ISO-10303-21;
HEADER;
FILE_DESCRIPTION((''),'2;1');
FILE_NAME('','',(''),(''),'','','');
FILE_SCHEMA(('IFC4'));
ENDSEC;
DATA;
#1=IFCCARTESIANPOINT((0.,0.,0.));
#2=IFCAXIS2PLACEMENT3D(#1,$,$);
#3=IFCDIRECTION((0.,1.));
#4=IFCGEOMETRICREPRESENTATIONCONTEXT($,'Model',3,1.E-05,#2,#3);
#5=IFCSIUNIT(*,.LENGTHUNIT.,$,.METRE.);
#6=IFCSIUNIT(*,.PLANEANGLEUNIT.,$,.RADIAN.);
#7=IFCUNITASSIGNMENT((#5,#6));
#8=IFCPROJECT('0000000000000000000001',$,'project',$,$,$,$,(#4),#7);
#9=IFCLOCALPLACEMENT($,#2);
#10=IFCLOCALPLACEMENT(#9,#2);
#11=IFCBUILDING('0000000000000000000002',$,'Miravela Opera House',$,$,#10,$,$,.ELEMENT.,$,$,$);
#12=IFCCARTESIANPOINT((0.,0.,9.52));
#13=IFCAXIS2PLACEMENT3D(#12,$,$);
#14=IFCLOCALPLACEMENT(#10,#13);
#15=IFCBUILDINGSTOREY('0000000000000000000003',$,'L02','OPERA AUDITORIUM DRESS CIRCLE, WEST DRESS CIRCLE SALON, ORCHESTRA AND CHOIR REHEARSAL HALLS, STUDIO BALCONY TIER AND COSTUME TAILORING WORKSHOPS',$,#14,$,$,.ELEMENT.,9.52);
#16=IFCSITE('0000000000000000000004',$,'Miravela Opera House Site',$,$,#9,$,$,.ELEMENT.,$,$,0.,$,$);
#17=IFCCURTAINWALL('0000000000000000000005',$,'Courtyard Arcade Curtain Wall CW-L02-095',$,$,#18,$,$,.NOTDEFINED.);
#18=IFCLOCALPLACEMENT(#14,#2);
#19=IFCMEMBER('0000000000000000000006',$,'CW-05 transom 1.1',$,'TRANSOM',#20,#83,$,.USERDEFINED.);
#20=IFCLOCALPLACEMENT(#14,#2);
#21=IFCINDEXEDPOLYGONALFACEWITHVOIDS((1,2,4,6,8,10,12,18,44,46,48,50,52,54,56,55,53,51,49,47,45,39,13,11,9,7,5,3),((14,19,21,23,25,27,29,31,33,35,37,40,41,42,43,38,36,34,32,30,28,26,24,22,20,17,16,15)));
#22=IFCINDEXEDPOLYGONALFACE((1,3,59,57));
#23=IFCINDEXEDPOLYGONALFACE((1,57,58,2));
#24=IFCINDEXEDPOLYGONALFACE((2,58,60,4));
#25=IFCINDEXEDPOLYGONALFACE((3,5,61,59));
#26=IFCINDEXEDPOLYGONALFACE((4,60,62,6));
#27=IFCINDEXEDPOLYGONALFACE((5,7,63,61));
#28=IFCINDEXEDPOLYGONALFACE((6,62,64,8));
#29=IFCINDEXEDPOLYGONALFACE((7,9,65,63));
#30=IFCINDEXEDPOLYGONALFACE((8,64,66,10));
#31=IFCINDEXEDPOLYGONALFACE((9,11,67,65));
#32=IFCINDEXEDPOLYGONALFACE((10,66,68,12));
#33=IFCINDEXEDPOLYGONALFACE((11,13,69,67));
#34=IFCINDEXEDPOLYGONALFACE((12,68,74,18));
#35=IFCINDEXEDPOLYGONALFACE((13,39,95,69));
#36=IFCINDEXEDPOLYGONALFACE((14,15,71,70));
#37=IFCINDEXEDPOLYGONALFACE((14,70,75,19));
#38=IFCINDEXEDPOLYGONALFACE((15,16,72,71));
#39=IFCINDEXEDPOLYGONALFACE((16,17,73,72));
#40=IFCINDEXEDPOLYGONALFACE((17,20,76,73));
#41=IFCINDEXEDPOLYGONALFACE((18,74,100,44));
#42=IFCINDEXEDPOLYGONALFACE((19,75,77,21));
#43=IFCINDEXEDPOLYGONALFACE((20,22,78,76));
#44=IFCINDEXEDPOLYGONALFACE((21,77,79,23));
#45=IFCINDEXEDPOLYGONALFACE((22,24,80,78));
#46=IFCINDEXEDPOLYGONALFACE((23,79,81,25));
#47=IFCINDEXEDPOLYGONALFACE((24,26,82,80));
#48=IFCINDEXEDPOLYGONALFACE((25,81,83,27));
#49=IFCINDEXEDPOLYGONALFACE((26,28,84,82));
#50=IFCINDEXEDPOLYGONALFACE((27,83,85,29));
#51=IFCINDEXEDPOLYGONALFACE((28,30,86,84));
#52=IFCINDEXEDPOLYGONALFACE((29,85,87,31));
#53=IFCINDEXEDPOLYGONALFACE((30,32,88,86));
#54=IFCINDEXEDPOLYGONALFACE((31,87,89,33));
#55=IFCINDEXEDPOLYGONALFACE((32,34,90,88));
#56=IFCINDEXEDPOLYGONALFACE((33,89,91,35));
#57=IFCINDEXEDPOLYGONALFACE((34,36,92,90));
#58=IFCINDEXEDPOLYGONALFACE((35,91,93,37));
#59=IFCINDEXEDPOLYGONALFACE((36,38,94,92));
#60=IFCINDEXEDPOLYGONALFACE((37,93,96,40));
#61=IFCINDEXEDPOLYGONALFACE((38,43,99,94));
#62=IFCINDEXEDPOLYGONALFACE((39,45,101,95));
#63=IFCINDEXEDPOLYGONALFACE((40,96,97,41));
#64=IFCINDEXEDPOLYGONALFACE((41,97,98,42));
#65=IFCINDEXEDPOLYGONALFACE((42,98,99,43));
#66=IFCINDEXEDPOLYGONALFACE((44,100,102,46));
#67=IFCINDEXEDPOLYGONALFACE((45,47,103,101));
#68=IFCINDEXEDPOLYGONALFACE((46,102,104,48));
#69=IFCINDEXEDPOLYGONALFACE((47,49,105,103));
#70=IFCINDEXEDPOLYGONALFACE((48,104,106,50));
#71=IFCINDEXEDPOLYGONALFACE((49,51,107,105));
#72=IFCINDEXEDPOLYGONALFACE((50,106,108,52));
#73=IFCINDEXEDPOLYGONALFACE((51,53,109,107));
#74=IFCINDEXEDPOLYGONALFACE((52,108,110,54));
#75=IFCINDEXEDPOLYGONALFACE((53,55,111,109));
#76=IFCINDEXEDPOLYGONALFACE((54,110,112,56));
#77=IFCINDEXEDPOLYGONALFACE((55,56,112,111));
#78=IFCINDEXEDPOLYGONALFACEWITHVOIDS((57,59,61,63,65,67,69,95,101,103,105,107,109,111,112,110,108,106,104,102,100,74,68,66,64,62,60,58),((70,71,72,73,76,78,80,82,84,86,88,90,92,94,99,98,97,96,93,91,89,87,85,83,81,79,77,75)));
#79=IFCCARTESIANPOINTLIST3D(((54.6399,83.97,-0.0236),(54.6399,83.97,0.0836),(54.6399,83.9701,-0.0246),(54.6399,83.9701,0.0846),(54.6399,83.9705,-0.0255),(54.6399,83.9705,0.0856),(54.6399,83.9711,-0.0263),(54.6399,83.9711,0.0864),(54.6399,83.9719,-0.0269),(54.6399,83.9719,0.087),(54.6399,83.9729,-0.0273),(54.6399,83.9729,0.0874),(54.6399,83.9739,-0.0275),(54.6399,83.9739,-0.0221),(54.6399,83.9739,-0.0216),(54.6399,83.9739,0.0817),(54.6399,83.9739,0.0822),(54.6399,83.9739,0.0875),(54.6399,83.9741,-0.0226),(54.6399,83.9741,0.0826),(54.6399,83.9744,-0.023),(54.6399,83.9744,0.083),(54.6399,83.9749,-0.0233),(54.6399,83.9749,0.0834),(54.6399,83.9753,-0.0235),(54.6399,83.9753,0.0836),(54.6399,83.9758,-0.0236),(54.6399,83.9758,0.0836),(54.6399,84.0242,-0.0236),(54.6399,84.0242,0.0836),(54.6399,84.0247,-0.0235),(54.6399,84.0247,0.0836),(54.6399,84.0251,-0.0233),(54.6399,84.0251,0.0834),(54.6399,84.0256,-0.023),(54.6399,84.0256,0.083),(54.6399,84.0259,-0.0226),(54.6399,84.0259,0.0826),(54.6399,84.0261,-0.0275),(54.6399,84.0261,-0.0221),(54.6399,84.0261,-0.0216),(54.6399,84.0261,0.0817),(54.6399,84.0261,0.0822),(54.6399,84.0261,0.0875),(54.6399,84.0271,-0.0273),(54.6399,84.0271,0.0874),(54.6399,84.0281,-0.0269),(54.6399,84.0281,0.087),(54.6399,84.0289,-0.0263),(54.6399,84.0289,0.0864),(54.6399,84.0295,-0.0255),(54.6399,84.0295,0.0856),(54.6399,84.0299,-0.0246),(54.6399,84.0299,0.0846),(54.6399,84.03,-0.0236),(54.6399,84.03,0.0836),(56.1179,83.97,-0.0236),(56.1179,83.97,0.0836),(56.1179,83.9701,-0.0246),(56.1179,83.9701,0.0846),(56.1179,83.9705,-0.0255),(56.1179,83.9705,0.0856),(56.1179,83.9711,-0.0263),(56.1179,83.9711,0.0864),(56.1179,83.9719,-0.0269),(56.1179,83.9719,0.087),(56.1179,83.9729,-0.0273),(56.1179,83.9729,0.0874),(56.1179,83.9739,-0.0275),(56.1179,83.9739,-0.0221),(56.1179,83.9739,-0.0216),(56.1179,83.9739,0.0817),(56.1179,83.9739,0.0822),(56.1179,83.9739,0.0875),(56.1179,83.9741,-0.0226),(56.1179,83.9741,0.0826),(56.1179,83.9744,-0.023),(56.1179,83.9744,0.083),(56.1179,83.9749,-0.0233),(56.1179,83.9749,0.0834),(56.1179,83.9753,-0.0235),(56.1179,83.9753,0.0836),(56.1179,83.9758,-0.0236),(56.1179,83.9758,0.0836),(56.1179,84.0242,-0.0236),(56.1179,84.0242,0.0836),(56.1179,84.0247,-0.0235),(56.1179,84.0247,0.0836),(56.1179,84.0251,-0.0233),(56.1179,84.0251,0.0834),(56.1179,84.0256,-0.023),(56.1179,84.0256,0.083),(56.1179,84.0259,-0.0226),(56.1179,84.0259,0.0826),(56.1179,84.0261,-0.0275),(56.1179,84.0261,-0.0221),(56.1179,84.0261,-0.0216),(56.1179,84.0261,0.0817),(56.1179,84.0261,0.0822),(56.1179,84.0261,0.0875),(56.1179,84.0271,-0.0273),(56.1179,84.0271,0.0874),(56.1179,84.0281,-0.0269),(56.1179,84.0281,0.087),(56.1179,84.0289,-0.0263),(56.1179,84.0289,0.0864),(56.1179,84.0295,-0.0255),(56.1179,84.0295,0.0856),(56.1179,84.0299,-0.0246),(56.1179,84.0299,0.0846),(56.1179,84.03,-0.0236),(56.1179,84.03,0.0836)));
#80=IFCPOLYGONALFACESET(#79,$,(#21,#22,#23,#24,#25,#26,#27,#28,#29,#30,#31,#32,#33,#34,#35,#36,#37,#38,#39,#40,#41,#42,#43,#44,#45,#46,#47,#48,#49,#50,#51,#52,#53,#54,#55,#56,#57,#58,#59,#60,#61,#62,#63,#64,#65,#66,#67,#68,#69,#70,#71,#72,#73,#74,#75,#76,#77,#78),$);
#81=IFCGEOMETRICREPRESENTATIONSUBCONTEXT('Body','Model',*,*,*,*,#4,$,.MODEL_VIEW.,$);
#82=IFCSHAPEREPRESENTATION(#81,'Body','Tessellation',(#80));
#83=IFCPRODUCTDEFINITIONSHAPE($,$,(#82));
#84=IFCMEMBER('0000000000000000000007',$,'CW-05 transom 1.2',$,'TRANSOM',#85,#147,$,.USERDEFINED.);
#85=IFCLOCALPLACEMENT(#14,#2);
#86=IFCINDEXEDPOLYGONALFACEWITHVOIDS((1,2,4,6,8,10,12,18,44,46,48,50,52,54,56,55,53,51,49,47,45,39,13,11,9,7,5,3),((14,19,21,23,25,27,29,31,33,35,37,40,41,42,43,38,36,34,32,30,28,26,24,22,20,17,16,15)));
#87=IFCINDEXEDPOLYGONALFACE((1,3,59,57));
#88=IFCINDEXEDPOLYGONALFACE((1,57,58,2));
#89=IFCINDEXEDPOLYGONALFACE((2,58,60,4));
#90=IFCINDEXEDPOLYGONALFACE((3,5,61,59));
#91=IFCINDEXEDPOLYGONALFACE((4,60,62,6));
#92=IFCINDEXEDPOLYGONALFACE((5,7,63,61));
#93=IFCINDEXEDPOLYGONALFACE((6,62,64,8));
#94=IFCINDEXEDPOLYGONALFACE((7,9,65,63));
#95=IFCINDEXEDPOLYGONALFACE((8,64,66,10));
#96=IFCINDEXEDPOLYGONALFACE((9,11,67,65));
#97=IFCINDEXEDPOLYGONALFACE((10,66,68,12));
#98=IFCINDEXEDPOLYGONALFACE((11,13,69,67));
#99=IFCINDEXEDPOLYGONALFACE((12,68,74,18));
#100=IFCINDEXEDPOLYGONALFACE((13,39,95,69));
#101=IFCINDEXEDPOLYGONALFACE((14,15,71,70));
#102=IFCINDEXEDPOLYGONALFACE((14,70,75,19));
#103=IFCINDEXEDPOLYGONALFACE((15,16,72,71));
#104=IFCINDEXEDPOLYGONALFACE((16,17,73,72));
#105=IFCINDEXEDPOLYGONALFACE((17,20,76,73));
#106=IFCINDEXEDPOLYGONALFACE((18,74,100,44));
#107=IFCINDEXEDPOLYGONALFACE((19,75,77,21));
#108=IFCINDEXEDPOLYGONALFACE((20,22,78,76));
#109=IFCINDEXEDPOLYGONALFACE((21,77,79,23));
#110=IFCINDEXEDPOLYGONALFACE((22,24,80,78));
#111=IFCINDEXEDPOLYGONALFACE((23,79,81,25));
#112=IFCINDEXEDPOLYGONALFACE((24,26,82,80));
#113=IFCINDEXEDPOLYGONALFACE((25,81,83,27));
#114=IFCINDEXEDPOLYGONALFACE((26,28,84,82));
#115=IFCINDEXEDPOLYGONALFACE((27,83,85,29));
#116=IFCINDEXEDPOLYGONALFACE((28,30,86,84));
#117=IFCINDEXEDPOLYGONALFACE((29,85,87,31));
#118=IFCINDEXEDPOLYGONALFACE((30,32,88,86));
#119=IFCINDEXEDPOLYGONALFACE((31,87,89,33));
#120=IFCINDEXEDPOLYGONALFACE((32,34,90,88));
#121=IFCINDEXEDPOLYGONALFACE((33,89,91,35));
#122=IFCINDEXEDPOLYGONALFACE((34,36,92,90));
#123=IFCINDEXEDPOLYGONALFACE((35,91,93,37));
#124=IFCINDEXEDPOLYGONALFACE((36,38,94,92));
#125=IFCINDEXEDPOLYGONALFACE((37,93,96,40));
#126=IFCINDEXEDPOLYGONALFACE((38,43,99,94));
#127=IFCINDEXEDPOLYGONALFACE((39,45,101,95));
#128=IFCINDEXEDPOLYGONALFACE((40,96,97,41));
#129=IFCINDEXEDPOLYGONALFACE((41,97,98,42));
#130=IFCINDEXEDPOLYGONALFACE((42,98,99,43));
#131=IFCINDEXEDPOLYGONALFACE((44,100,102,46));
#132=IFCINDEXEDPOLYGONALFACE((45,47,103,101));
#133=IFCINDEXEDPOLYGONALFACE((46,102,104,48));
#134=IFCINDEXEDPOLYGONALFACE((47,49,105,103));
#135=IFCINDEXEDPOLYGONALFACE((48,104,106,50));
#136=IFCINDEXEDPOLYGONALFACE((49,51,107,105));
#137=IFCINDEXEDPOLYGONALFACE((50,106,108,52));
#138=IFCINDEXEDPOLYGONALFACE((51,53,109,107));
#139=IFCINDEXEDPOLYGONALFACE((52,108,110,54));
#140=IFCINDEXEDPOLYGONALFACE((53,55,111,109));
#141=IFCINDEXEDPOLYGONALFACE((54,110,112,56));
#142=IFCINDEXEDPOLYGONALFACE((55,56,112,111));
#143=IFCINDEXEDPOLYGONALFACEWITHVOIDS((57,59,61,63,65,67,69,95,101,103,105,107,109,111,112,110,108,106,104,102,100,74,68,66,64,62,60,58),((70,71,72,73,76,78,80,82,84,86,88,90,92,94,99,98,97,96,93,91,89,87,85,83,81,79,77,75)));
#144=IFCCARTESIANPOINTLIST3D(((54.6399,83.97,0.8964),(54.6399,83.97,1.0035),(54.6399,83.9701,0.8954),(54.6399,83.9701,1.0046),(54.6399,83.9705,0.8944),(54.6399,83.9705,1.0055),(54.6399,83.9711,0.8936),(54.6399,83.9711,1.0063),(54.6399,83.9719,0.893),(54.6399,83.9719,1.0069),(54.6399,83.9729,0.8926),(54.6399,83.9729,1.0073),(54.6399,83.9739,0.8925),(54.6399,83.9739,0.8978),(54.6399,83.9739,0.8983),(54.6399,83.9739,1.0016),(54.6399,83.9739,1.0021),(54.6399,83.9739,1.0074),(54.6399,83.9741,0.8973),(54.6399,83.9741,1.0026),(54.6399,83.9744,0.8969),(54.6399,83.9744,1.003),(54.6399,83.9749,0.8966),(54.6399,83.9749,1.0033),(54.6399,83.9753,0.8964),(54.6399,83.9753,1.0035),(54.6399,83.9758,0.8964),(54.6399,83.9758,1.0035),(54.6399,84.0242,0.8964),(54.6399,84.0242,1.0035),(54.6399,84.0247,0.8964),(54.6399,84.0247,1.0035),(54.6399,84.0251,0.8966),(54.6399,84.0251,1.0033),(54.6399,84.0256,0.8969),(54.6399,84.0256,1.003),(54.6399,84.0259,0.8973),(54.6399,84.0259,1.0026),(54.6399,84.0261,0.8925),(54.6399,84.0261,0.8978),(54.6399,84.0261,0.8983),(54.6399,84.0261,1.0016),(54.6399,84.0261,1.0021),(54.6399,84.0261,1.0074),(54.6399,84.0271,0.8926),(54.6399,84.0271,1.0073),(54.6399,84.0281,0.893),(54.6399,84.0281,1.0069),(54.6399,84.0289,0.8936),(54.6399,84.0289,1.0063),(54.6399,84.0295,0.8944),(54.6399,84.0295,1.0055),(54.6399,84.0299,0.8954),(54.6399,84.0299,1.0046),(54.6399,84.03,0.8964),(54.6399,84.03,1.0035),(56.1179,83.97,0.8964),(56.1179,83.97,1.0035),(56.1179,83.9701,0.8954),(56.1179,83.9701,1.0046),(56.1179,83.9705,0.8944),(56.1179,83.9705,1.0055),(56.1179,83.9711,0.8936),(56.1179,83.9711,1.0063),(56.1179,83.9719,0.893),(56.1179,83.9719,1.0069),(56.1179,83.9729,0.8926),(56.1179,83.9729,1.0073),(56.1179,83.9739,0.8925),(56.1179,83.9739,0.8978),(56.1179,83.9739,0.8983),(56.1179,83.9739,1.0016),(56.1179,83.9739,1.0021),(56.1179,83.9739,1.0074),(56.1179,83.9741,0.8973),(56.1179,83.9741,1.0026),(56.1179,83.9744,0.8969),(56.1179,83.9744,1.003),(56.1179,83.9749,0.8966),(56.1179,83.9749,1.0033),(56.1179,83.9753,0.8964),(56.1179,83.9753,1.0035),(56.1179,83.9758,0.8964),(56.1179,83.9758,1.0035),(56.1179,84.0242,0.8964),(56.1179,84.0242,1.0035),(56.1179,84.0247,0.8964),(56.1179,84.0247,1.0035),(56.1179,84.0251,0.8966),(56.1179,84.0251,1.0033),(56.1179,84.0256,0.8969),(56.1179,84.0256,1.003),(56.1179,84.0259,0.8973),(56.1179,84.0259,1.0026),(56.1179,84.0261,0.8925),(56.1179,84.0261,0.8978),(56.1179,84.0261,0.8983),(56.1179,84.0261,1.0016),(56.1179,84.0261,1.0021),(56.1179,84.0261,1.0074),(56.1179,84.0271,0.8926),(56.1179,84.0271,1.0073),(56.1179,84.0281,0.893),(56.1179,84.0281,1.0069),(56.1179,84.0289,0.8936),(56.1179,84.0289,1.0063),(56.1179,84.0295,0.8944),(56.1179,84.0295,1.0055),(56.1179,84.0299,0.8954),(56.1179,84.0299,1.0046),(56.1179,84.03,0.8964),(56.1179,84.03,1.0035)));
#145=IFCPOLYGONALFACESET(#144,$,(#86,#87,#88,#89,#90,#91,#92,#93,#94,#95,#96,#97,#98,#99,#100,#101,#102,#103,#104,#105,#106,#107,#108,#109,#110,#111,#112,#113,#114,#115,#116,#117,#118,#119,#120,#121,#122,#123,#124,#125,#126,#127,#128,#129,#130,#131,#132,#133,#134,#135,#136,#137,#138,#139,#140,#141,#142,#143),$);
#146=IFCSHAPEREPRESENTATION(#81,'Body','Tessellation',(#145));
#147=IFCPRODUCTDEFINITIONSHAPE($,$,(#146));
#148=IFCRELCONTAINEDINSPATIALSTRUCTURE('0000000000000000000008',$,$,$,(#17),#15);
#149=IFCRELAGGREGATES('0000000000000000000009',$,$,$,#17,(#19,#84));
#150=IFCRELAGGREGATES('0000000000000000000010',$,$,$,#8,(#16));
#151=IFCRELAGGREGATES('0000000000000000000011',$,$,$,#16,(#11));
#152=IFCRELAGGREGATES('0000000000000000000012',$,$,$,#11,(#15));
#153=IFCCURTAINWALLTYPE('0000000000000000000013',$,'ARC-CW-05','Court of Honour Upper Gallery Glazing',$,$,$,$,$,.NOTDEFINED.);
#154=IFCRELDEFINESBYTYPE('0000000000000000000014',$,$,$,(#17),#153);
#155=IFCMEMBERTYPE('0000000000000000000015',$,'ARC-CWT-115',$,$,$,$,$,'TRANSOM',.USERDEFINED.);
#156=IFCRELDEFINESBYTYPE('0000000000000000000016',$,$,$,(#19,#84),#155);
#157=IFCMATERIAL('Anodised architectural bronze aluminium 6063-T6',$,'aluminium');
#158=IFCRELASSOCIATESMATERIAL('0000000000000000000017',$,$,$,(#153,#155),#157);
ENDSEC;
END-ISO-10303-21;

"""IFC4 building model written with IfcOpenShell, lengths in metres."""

from ifc_helpers import new_model, si_unit, direction, frame, origin, origin_2d, place, context, subcontext, project, spatial, hollow_rectangle, extrude, material, material_profile, profile_set, type_object, element, aggregate, save


model = new_model("IFC4")

# Units and contexts
model_context = context("Model", 3, precision=1e-05, world=origin(), true_north=direction((0.0, 1.0)))
body_context = subcontext(model_context, "Body", "Model", "MODEL_VIEW")
ifc_project = project(units=[si_unit("LENGTHUNIT", "METRE"), si_unit("PLANEANGLEUNIT", "RADIAN")], contexts=[model_context])

# Site, building, storey
site_placement = place(None, origin())
site = spatial("IfcSite", under=ifc_project, at=site_placement, Name="Miravela Opera House Site", CompositionType="ELEMENT", RefElevation=0.0)
building_placement = place(site_placement, origin())
building = spatial("IfcBuilding", under=site, at=building_placement, Name="Miravela Opera House", CompositionType="ELEMENT")
storey_placement = place(building_placement, frame((0.0, 0.0, 9.52)))
storey = spatial("IfcBuildingStorey", under=building, at=storey_placement, Name="L02", Description="OPERA AUDITORIUM DRESS CIRCLE, WEST DRESS CIRCLE SALON, ORCHESTRA AND CHOIR REHEARSAL HALLS, STUDIO BALCONY TIER AND COSTUME TAILORING WORKSHOPS", CompositionType="ELEMENT", Elevation=9.52)

# Shared definitions
ifc_material_1 = material(Name="Anodised architectural bronze aluminium 6063-T6", Category="aluminium")
curtain_wall_type = type_object("IfcCurtainWallType", Name="ARC-CW-05", Description="Court of Honour Upper Gallery Glazing", PredefinedType="NOTDEFINED", material=ifc_material_1)

# Curtain wall
curtain_wall_1_placement = place(storey_placement, origin())
curtain_wall_1 = element("IfcCurtainWall", 1, at=curtain_wall_1_placement, inside=storey, type_object=curtain_wall_type, Name="Courtyard Arcade Curtain Wall CW-L02-095", PredefinedType="NOTDEFINED")

# Members
ifc_material_profile_1 = material_profile(ifc_material_1, hollow_rectangle(XDim=0.0601, YDim=0.115, WallThickness=0.0039, InnerFilletRadius=0.002, OuterFilletRadius=0.0039, at=origin_2d()), Name="CWT-60X115")
ifc_profile_set_1 = profile_set([ifc_material_profile_1])
member_type_1 = type_object("IfcMemberType", Name="ARC-CWT-115", ElementType="TRANSOM", PredefinedType="USERDEFINED", material=ifc_profile_set_1)
member_1_placement = place(storey_placement, frame((54.6399, 84.0, 0.03), z_axis=(1.0, 0.0, 0.0), x_axis=(0.0, 1.0, 0.0)))
member_1 = element("IfcMember", 2, at=member_1_placement, type_object=member_type_1, Name="CW-05 transom 1.1", ObjectType="TRANSOM", PredefinedType="USERDEFINED", context=body_context, shape_type="SweptSolid", body=[
    extrude(hollow_rectangle(XDim=0.0601, YDim=0.115, WallThickness=0.0039, InnerFilletRadius=0.002, OuterFilletRadius=0.0039, at=origin_2d()), origin(), (0.0, 0.0, 1.0), 1.478),
])
member_2_placement = place(storey_placement, frame((54.6399, 84.0, 0.95), z_axis=(1.0, 0.0, 0.0), x_axis=(0.0, 1.0, 0.0)))
member_2 = element("IfcMember", 3, at=member_2_placement, type_object=member_type_1, Name="CW-05 transom 1.2", ObjectType="TRANSOM", PredefinedType="USERDEFINED", context=body_context, shape_type="SweptSolid", body=[
    extrude(hollow_rectangle(XDim=0.0601, YDim=0.115, WallThickness=0.0039, InnerFilletRadius=0.002, OuterFilletRadius=0.0039, at=origin_2d()), origin(), (0.0, 0.0, 1.0), 1.478),
])

aggregate(curtain_wall_1, [member_1, member_2])

save(model, "model.ifc")
